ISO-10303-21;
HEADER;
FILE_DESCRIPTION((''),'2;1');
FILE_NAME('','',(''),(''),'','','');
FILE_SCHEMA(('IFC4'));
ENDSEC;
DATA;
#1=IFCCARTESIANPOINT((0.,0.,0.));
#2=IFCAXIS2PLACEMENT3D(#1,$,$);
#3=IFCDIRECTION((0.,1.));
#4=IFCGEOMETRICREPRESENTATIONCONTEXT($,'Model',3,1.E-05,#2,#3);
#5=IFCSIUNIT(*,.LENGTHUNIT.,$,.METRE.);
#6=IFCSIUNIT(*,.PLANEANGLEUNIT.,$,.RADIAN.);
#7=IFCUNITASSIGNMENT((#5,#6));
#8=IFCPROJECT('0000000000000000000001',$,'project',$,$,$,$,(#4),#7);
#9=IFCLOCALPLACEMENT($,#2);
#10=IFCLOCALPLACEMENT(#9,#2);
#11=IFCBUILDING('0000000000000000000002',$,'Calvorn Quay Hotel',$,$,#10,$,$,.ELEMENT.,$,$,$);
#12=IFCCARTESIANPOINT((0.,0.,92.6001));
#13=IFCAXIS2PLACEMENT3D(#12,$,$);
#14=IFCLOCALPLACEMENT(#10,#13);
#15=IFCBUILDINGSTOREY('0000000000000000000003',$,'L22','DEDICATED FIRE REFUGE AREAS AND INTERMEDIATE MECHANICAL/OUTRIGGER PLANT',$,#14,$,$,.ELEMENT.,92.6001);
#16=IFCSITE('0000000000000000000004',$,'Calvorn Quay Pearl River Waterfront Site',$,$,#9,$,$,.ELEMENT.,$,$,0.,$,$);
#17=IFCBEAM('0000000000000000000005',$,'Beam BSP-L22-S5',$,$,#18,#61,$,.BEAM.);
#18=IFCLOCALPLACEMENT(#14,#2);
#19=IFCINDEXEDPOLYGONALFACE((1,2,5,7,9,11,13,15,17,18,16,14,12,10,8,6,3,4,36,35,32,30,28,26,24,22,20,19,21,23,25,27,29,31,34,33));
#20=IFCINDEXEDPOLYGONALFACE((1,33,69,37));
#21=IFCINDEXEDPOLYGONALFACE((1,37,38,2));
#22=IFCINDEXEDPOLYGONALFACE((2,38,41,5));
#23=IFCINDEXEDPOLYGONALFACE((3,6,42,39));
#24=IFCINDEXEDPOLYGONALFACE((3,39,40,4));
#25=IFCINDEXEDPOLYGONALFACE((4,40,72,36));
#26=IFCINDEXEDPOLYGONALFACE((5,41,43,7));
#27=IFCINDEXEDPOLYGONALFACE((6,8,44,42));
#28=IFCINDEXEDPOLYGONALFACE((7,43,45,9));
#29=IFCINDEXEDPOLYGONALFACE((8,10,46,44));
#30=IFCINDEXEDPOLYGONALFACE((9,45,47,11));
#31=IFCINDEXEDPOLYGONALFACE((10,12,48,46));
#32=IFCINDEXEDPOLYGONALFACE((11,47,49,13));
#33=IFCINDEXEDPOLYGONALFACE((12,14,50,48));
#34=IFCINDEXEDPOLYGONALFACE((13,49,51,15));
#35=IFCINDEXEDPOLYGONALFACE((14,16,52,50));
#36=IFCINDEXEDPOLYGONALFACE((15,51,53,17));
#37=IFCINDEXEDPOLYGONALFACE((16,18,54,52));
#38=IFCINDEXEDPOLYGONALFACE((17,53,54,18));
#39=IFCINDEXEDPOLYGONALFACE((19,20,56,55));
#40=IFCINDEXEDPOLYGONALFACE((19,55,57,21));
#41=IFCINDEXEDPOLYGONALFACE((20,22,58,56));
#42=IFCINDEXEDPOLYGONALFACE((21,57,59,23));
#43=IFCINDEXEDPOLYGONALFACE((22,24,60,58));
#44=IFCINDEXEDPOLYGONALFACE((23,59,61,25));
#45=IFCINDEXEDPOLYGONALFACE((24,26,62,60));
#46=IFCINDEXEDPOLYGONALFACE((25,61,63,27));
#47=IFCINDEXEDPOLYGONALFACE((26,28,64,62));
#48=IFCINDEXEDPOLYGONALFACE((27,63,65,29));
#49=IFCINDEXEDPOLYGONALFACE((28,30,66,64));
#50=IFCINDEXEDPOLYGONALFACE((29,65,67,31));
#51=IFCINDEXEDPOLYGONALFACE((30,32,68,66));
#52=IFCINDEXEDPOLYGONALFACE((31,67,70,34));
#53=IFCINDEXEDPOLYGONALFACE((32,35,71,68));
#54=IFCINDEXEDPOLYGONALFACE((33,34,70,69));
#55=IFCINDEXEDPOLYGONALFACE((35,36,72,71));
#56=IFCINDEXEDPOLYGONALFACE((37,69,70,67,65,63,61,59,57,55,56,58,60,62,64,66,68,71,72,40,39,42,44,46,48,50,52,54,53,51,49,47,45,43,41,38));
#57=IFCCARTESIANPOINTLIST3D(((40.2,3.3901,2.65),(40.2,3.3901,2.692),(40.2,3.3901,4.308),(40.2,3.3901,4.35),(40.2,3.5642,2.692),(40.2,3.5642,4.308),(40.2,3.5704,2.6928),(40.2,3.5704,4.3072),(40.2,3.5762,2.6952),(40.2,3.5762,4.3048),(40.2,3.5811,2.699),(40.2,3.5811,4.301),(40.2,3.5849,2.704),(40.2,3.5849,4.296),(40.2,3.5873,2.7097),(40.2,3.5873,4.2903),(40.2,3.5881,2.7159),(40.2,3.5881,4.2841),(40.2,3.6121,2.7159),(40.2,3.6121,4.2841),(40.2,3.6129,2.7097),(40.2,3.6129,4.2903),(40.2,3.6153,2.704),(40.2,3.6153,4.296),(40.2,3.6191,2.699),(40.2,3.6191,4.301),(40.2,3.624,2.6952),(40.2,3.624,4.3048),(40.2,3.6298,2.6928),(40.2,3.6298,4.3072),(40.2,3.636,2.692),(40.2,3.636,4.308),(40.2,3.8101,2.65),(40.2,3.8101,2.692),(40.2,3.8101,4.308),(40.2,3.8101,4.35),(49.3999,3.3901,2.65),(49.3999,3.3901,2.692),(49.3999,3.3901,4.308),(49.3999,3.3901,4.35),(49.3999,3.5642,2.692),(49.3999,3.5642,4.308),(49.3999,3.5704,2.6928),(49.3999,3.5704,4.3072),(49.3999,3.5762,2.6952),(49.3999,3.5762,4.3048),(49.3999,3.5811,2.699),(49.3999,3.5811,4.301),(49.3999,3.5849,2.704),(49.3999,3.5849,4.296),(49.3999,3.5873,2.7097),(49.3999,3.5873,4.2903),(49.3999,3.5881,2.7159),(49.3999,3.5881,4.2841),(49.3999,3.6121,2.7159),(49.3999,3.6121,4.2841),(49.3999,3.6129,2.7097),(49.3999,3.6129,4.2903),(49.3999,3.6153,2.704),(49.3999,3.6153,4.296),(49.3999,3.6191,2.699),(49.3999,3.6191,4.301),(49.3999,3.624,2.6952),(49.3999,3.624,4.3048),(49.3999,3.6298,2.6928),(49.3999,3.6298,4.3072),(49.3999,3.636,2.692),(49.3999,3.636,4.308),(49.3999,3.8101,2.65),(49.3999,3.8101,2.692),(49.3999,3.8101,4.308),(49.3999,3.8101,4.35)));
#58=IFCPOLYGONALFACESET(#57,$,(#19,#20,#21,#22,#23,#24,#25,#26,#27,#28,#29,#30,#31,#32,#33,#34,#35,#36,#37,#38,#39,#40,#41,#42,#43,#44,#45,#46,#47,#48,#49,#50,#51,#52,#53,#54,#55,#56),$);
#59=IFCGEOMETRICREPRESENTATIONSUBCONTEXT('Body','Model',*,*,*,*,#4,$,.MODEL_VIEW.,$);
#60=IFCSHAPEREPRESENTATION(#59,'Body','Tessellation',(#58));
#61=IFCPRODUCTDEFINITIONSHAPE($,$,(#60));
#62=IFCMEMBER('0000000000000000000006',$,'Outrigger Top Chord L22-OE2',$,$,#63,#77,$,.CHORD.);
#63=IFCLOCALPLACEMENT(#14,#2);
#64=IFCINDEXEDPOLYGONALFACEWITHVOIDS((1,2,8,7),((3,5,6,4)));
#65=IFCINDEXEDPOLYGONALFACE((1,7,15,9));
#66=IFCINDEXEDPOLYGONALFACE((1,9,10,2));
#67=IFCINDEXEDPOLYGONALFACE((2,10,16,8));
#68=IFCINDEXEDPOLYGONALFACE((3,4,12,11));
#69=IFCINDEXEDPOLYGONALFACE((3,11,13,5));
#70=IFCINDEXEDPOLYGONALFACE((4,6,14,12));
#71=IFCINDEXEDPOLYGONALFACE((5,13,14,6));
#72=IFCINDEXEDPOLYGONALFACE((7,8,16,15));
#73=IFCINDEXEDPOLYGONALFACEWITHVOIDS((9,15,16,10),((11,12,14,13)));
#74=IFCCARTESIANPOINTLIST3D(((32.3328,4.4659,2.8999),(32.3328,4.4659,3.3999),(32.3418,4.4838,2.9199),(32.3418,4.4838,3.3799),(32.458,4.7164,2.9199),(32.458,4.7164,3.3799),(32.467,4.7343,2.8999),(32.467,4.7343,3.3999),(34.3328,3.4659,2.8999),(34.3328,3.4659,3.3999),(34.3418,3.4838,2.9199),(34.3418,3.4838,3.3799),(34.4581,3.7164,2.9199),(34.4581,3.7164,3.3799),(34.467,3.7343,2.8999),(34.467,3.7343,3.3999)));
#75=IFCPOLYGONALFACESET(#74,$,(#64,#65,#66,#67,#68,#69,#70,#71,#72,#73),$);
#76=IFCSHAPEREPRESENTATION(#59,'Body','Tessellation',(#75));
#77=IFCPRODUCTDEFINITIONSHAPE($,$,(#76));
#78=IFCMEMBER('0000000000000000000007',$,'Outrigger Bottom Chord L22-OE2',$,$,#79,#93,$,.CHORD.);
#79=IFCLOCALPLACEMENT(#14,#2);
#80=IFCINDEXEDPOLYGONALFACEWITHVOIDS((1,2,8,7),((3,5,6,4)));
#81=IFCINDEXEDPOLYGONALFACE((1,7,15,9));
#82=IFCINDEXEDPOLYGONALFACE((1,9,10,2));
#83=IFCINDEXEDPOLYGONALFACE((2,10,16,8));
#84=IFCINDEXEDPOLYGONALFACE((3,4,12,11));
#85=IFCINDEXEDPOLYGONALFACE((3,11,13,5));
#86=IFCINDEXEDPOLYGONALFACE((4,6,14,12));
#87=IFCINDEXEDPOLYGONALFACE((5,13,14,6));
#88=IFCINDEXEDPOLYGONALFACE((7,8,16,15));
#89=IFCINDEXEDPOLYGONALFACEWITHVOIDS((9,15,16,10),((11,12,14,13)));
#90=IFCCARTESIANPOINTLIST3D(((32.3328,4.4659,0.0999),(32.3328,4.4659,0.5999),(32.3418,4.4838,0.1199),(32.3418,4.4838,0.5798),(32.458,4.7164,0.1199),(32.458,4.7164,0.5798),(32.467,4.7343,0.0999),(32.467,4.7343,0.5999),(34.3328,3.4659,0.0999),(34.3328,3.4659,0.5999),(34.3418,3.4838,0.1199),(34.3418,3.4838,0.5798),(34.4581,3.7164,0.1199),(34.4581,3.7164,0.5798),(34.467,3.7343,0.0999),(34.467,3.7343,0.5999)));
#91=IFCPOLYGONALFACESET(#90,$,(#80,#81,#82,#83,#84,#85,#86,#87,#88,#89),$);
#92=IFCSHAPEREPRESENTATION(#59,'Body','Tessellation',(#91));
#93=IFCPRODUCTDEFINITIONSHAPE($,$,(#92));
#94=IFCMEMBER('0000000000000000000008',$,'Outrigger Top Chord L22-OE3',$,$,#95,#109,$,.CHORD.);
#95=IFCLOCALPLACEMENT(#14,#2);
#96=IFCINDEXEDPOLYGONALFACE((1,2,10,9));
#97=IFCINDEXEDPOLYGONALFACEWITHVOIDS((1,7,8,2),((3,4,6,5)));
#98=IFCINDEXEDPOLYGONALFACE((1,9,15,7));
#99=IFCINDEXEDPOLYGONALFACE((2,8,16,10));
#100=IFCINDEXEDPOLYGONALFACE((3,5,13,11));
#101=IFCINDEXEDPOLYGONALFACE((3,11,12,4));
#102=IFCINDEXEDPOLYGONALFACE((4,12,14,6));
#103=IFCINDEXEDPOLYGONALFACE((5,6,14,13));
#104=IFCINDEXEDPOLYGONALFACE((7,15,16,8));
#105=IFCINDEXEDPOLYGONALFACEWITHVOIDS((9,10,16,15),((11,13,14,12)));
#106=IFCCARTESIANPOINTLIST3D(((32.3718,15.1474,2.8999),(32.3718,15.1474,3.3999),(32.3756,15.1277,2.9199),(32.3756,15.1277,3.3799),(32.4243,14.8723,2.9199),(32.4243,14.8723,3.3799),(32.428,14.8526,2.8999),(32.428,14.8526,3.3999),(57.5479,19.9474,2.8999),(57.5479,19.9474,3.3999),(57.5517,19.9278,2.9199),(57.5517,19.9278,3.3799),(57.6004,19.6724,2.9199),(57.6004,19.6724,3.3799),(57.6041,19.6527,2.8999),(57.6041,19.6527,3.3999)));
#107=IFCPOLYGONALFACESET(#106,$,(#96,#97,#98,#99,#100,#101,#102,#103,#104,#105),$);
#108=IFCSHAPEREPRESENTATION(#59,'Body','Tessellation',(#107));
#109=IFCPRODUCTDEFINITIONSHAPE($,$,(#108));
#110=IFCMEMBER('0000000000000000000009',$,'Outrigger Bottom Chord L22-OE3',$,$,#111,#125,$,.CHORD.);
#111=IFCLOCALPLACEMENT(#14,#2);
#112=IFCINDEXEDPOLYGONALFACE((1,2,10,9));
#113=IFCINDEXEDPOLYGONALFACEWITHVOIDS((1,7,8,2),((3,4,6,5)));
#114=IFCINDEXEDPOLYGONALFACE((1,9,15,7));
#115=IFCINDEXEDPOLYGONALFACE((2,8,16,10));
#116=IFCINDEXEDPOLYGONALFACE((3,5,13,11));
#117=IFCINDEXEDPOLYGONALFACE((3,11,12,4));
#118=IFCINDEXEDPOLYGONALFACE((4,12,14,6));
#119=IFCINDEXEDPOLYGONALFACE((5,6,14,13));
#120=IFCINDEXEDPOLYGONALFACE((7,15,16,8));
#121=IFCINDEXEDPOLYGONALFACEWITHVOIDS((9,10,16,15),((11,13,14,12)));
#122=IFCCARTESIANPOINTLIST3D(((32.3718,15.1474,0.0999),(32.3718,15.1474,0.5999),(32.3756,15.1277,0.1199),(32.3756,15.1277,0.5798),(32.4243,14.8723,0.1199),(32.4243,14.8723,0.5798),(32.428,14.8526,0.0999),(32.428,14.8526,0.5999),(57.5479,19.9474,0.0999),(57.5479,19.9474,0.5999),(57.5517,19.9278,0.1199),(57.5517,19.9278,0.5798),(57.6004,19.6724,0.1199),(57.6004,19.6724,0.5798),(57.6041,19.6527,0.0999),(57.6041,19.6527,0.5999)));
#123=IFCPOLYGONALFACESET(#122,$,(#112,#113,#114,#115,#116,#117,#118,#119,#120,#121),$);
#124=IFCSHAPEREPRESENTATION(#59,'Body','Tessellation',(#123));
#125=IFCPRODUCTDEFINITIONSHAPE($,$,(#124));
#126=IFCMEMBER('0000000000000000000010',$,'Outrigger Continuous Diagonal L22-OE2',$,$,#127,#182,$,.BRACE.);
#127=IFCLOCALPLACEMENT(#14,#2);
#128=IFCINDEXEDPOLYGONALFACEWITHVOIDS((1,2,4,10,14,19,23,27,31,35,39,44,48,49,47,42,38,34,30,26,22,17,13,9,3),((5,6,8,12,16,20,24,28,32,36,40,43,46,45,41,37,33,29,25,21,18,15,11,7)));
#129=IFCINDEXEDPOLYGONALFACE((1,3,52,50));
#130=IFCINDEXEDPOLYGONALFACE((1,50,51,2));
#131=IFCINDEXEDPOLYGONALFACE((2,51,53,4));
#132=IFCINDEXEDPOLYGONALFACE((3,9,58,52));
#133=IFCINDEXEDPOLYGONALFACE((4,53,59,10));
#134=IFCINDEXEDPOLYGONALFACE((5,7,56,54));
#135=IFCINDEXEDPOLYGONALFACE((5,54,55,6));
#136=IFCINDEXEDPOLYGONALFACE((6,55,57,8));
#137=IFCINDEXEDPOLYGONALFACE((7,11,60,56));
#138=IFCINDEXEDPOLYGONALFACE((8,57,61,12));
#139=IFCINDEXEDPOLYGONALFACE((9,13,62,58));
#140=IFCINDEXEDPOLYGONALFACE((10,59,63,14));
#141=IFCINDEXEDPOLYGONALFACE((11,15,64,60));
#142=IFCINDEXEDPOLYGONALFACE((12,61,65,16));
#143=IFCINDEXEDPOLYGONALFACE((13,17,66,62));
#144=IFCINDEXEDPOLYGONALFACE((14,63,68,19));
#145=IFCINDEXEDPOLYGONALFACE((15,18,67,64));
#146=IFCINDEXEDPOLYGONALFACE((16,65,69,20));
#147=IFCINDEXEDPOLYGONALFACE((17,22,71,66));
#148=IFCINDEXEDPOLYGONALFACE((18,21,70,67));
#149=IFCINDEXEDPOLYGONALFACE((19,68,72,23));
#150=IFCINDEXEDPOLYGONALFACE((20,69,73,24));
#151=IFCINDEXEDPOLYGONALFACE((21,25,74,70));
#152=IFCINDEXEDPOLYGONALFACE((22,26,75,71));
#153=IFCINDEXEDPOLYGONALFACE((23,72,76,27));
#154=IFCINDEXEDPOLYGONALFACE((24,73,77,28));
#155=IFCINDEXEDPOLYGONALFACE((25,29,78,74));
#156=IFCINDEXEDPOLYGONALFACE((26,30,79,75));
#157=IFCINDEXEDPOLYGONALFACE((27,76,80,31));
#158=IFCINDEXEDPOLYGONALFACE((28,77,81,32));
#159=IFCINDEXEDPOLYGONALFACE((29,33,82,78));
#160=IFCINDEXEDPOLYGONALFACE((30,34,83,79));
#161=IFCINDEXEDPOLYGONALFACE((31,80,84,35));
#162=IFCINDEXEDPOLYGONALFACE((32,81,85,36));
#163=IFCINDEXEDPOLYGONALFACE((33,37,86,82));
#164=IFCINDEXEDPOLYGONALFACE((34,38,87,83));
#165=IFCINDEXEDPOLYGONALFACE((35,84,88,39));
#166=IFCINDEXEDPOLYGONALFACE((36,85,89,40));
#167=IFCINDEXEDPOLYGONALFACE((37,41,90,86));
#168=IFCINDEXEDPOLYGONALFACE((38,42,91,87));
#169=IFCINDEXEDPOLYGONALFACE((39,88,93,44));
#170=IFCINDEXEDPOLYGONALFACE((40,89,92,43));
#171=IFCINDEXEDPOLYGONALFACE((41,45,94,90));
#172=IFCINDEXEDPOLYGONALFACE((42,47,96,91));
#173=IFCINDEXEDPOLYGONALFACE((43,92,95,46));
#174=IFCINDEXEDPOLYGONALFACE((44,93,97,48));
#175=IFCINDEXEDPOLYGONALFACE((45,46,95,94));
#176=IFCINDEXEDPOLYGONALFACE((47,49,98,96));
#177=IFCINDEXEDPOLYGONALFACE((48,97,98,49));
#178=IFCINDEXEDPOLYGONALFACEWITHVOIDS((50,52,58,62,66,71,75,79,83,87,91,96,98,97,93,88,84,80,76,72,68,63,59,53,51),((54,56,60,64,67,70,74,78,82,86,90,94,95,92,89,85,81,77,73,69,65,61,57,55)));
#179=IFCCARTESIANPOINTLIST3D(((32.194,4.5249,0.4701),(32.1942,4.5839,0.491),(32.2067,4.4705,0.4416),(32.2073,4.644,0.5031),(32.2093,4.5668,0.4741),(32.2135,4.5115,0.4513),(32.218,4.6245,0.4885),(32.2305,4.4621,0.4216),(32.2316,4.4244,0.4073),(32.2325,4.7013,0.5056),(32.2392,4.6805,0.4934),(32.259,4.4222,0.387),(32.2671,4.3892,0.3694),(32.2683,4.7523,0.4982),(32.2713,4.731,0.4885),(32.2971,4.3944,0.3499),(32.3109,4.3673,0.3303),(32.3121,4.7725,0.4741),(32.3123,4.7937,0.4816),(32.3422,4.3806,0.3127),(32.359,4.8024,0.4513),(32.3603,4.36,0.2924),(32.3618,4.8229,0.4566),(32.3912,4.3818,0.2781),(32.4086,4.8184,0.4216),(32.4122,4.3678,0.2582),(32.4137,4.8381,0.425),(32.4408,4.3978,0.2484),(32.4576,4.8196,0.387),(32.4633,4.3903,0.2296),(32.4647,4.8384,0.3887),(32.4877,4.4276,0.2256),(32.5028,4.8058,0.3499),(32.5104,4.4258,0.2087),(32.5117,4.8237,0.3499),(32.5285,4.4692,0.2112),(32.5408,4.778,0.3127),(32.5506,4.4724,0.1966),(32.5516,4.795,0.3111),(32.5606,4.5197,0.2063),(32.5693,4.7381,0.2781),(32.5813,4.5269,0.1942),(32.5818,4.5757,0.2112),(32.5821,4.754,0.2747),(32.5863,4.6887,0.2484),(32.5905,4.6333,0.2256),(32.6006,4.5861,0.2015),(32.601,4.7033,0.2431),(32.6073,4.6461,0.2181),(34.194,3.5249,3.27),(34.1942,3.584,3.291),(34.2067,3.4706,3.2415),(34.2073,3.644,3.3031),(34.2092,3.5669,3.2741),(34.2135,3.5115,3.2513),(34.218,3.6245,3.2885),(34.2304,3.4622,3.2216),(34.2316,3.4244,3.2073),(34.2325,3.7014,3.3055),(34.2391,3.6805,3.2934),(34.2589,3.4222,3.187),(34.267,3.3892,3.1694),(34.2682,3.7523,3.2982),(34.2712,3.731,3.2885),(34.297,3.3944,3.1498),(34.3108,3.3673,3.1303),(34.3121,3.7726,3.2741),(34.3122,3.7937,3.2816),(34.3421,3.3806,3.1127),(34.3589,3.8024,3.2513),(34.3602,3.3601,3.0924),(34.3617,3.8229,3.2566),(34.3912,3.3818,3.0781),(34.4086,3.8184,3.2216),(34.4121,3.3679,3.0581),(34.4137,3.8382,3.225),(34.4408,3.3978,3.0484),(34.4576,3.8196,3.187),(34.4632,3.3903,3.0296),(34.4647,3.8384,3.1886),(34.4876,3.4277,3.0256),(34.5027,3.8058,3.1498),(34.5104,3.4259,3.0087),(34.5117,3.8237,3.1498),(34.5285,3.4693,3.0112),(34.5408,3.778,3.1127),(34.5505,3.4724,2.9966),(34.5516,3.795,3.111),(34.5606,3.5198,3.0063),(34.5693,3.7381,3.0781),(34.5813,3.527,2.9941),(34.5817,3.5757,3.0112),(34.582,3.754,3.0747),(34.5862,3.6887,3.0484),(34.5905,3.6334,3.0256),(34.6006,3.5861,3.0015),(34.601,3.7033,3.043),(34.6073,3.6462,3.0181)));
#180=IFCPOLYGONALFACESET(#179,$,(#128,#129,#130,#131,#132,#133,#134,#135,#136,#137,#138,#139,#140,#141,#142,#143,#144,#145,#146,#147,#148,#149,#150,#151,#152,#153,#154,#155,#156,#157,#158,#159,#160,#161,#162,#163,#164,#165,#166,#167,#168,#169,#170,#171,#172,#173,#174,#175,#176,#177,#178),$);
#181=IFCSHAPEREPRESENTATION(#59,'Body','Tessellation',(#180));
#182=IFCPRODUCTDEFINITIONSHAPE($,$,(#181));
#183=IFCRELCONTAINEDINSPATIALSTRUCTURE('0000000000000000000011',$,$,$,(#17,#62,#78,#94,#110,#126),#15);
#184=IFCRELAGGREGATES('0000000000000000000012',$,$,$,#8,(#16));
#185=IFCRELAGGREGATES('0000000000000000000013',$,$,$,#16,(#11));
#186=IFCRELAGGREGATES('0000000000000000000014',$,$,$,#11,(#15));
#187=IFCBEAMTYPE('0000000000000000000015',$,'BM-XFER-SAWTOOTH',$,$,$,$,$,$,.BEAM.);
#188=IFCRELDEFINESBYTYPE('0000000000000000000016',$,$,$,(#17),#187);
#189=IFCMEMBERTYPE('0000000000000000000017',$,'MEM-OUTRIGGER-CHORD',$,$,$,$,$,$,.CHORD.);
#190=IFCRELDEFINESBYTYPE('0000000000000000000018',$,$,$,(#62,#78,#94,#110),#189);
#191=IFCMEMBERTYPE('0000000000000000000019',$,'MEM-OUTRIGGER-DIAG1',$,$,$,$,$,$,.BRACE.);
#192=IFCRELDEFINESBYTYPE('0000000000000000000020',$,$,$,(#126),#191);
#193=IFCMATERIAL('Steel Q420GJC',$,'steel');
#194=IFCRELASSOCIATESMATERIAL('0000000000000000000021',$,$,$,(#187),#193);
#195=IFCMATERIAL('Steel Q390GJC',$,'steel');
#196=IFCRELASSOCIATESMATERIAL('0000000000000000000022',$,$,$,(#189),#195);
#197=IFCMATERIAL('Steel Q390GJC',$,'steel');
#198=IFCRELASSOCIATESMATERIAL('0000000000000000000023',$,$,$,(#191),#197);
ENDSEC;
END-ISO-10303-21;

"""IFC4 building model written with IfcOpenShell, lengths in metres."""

from ifc_helpers import new_model, si_unit, direction, frame, origin, origin_2d, place, context, subcontext, project, spatial, hollow_rectangle, hollow_circle, i_section, extrude, material, material_profile, profile_set, type_object, element, save


model = new_model("IFC4")

# Units and contexts
model_context = context("Model", 3, precision=1e-05, world=origin(), true_north=direction((0.0, 1.0)))
body_context = subcontext(model_context, "Body", "Model", "MODEL_VIEW")
ifc_project = project(units=[si_unit("LENGTHUNIT", "METRE"), si_unit("PLANEANGLEUNIT", "RADIAN")], contexts=[model_context])

# Site, building, storey
site_placement = place(None, origin())
site = spatial("IfcSite", under=ifc_project, at=site_placement, Name="Calvorn Quay Pearl River Waterfront Site", CompositionType="ELEMENT", RefElevation=0.0)
building_placement = place(site_placement, origin())
building = spatial("IfcBuilding", under=site, at=building_placement, Name="Calvorn Quay Hotel", CompositionType="ELEMENT")
storey_placement = place(building_placement, frame((0.0, 0.0, 92.6001)))
storey = spatial("IfcBuildingStorey", under=building, at=storey_placement, Name="L22", Description="DEDICATED FIRE REFUGE AREAS AND INTERMEDIATE MECHANICAL/OUTRIGGER PLANT", CompositionType="ELEMENT", Elevation=92.6001)

# Beam
ifc_material_1 = material(Name="Steel Q420GJC", Category="steel")
ifc_material_profile_1 = material_profile(ifc_material_1, i_section(OverallWidth=0.4199, OverallDepth=1.7, WebThickness=0.0239, FlangeThickness=0.042, FilletRadius=0.0239, at=origin_2d()), Name="HN1700x420x24x42")
ifc_profile_set_1 = profile_set([ifc_material_profile_1], Name="Steel Q420GJC")
beam_type_1 = type_object("IfcBeamType", Name="BM-XFER-SAWTOOTH", PredefinedType="BEAM", material=ifc_profile_set_1)
beam_1_placement = place(storey_placement, frame((40.2, 3.6001, 3.5), z_axis=(1.0, 0.0, 0.0), x_axis=(0.0, 1.0, 0.0)))
element("IfcBeam", 1, at=beam_1_placement, inside=storey, type_object=beam_type_1, Name="Beam BSP-L22-S5", PredefinedType="BEAM", context=body_context, shape_type="SweptSolid", body=[
    extrude(i_section(OverallWidth=0.4199, OverallDepth=1.7, WebThickness=0.0239, FlangeThickness=0.042, FilletRadius=0.0239, at=origin_2d()), origin(), (0.0, 0.0, 1.0), 9.2),
])

# Members
ifc_material_2 = material(Name="Steel Q390GJC", Category="steel")
ifc_material_profile_2 = material_profile(ifc_material_2, hollow_rectangle(XDim=0.3, YDim=0.5, WallThickness=0.02, at=origin_2d()), Name="RHS500x300x20")
ifc_profile_set_2 = profile_set([ifc_material_profile_2], Name="Steel Q390GJC")
member_type_1 = type_object("IfcMemberType", Name="MEM-OUTRIGGER-CHORD", PredefinedType="CHORD", material=ifc_profile_set_2)
for number, where, z_axis, x_axis, name in (
    (2, (32.3999, 4.6001, 3.1499), (0.894427, -0.447214, 0.0), (0.447214, 0.894427, 0.0), "Outrigger Top Chord L22-OE2"),
    (3, (32.3999, 4.6001, 0.3499), (0.894427, -0.447214, 0.0), (0.447214, 0.894427, 0.0), "Outrigger Bottom Chord L22-OE2"),
):
    element("IfcMember", number, at=place(storey_placement, frame(where, z_axis=z_axis, x_axis=x_axis)), inside=storey, type_object=member_type_1, Name=name, PredefinedType="CHORD", context=body_context, shape_type="SweptSolid", body=[
        extrude(hollow_rectangle(XDim=0.3, YDim=0.5, WallThickness=0.02, at=origin_2d()), origin(), (0.0, 0.0, 1.0), 2.2361),
    ])
for number, where, z_axis, x_axis, name in (
    (4, (32.3999, 15.0, 3.1499), (0.982305, 0.187286, 0.0), (-0.187286, 0.982305, 0.0), "Outrigger Top Chord L22-OE3"),
    (5, (32.3999, 15.0, 0.3499), (0.982305, 0.187286, 0.0), (-0.187286, 0.982305, 0.0), "Outrigger Bottom Chord L22-OE3"),
):
    element("IfcMember", number, at=place(storey_placement, frame(where, z_axis=z_axis, x_axis=x_axis)), inside=storey, type_object=member_type_1, Name=name, PredefinedType="CHORD", context=body_context, shape_type="SweptSolid", body=[
        extrude(hollow_rectangle(XDim=0.3, YDim=0.5, WallThickness=0.02, at=origin_2d()), origin(), (0.0, 0.0, 1.0), 25.6296),
    ])
ifc_material_3 = material(Name="Steel Q390GJC", Category="steel")
ifc_material_profile_3 = material_profile(ifc_material_3, hollow_circle(Radius=0.25, WallThickness=0.02, at=origin_2d()), Name="CHS500x20")
ifc_profile_set_3 = profile_set([ifc_material_profile_3], Name="Steel Q390GJC")
member_type_2 = type_object("IfcMemberType", Name="MEM-OUTRIGGER-DIAG1", PredefinedType="BRACE", material=ifc_profile_set_3)
member_1_placement = place(storey_placement, frame((32.3999, 4.6001, 0.3499), z_axis=(0.55814, -0.27907, 0.781409), x_axis=(0.447214, 0.894427, 0.0)))
element("IfcMember", 6, at=member_1_placement, inside=storey, type_object=member_type_2, Name="Outrigger Continuous Diagonal L22-OE2", PredefinedType="BRACE", context=body_context, shape_type="SweptSolid", body=[
    extrude(hollow_circle(Radius=0.25, WallThickness=0.02, at=origin_2d()), origin(), (0.0, 0.0, 1.0), 3.5833),
])

save(model, "model.ifc")
